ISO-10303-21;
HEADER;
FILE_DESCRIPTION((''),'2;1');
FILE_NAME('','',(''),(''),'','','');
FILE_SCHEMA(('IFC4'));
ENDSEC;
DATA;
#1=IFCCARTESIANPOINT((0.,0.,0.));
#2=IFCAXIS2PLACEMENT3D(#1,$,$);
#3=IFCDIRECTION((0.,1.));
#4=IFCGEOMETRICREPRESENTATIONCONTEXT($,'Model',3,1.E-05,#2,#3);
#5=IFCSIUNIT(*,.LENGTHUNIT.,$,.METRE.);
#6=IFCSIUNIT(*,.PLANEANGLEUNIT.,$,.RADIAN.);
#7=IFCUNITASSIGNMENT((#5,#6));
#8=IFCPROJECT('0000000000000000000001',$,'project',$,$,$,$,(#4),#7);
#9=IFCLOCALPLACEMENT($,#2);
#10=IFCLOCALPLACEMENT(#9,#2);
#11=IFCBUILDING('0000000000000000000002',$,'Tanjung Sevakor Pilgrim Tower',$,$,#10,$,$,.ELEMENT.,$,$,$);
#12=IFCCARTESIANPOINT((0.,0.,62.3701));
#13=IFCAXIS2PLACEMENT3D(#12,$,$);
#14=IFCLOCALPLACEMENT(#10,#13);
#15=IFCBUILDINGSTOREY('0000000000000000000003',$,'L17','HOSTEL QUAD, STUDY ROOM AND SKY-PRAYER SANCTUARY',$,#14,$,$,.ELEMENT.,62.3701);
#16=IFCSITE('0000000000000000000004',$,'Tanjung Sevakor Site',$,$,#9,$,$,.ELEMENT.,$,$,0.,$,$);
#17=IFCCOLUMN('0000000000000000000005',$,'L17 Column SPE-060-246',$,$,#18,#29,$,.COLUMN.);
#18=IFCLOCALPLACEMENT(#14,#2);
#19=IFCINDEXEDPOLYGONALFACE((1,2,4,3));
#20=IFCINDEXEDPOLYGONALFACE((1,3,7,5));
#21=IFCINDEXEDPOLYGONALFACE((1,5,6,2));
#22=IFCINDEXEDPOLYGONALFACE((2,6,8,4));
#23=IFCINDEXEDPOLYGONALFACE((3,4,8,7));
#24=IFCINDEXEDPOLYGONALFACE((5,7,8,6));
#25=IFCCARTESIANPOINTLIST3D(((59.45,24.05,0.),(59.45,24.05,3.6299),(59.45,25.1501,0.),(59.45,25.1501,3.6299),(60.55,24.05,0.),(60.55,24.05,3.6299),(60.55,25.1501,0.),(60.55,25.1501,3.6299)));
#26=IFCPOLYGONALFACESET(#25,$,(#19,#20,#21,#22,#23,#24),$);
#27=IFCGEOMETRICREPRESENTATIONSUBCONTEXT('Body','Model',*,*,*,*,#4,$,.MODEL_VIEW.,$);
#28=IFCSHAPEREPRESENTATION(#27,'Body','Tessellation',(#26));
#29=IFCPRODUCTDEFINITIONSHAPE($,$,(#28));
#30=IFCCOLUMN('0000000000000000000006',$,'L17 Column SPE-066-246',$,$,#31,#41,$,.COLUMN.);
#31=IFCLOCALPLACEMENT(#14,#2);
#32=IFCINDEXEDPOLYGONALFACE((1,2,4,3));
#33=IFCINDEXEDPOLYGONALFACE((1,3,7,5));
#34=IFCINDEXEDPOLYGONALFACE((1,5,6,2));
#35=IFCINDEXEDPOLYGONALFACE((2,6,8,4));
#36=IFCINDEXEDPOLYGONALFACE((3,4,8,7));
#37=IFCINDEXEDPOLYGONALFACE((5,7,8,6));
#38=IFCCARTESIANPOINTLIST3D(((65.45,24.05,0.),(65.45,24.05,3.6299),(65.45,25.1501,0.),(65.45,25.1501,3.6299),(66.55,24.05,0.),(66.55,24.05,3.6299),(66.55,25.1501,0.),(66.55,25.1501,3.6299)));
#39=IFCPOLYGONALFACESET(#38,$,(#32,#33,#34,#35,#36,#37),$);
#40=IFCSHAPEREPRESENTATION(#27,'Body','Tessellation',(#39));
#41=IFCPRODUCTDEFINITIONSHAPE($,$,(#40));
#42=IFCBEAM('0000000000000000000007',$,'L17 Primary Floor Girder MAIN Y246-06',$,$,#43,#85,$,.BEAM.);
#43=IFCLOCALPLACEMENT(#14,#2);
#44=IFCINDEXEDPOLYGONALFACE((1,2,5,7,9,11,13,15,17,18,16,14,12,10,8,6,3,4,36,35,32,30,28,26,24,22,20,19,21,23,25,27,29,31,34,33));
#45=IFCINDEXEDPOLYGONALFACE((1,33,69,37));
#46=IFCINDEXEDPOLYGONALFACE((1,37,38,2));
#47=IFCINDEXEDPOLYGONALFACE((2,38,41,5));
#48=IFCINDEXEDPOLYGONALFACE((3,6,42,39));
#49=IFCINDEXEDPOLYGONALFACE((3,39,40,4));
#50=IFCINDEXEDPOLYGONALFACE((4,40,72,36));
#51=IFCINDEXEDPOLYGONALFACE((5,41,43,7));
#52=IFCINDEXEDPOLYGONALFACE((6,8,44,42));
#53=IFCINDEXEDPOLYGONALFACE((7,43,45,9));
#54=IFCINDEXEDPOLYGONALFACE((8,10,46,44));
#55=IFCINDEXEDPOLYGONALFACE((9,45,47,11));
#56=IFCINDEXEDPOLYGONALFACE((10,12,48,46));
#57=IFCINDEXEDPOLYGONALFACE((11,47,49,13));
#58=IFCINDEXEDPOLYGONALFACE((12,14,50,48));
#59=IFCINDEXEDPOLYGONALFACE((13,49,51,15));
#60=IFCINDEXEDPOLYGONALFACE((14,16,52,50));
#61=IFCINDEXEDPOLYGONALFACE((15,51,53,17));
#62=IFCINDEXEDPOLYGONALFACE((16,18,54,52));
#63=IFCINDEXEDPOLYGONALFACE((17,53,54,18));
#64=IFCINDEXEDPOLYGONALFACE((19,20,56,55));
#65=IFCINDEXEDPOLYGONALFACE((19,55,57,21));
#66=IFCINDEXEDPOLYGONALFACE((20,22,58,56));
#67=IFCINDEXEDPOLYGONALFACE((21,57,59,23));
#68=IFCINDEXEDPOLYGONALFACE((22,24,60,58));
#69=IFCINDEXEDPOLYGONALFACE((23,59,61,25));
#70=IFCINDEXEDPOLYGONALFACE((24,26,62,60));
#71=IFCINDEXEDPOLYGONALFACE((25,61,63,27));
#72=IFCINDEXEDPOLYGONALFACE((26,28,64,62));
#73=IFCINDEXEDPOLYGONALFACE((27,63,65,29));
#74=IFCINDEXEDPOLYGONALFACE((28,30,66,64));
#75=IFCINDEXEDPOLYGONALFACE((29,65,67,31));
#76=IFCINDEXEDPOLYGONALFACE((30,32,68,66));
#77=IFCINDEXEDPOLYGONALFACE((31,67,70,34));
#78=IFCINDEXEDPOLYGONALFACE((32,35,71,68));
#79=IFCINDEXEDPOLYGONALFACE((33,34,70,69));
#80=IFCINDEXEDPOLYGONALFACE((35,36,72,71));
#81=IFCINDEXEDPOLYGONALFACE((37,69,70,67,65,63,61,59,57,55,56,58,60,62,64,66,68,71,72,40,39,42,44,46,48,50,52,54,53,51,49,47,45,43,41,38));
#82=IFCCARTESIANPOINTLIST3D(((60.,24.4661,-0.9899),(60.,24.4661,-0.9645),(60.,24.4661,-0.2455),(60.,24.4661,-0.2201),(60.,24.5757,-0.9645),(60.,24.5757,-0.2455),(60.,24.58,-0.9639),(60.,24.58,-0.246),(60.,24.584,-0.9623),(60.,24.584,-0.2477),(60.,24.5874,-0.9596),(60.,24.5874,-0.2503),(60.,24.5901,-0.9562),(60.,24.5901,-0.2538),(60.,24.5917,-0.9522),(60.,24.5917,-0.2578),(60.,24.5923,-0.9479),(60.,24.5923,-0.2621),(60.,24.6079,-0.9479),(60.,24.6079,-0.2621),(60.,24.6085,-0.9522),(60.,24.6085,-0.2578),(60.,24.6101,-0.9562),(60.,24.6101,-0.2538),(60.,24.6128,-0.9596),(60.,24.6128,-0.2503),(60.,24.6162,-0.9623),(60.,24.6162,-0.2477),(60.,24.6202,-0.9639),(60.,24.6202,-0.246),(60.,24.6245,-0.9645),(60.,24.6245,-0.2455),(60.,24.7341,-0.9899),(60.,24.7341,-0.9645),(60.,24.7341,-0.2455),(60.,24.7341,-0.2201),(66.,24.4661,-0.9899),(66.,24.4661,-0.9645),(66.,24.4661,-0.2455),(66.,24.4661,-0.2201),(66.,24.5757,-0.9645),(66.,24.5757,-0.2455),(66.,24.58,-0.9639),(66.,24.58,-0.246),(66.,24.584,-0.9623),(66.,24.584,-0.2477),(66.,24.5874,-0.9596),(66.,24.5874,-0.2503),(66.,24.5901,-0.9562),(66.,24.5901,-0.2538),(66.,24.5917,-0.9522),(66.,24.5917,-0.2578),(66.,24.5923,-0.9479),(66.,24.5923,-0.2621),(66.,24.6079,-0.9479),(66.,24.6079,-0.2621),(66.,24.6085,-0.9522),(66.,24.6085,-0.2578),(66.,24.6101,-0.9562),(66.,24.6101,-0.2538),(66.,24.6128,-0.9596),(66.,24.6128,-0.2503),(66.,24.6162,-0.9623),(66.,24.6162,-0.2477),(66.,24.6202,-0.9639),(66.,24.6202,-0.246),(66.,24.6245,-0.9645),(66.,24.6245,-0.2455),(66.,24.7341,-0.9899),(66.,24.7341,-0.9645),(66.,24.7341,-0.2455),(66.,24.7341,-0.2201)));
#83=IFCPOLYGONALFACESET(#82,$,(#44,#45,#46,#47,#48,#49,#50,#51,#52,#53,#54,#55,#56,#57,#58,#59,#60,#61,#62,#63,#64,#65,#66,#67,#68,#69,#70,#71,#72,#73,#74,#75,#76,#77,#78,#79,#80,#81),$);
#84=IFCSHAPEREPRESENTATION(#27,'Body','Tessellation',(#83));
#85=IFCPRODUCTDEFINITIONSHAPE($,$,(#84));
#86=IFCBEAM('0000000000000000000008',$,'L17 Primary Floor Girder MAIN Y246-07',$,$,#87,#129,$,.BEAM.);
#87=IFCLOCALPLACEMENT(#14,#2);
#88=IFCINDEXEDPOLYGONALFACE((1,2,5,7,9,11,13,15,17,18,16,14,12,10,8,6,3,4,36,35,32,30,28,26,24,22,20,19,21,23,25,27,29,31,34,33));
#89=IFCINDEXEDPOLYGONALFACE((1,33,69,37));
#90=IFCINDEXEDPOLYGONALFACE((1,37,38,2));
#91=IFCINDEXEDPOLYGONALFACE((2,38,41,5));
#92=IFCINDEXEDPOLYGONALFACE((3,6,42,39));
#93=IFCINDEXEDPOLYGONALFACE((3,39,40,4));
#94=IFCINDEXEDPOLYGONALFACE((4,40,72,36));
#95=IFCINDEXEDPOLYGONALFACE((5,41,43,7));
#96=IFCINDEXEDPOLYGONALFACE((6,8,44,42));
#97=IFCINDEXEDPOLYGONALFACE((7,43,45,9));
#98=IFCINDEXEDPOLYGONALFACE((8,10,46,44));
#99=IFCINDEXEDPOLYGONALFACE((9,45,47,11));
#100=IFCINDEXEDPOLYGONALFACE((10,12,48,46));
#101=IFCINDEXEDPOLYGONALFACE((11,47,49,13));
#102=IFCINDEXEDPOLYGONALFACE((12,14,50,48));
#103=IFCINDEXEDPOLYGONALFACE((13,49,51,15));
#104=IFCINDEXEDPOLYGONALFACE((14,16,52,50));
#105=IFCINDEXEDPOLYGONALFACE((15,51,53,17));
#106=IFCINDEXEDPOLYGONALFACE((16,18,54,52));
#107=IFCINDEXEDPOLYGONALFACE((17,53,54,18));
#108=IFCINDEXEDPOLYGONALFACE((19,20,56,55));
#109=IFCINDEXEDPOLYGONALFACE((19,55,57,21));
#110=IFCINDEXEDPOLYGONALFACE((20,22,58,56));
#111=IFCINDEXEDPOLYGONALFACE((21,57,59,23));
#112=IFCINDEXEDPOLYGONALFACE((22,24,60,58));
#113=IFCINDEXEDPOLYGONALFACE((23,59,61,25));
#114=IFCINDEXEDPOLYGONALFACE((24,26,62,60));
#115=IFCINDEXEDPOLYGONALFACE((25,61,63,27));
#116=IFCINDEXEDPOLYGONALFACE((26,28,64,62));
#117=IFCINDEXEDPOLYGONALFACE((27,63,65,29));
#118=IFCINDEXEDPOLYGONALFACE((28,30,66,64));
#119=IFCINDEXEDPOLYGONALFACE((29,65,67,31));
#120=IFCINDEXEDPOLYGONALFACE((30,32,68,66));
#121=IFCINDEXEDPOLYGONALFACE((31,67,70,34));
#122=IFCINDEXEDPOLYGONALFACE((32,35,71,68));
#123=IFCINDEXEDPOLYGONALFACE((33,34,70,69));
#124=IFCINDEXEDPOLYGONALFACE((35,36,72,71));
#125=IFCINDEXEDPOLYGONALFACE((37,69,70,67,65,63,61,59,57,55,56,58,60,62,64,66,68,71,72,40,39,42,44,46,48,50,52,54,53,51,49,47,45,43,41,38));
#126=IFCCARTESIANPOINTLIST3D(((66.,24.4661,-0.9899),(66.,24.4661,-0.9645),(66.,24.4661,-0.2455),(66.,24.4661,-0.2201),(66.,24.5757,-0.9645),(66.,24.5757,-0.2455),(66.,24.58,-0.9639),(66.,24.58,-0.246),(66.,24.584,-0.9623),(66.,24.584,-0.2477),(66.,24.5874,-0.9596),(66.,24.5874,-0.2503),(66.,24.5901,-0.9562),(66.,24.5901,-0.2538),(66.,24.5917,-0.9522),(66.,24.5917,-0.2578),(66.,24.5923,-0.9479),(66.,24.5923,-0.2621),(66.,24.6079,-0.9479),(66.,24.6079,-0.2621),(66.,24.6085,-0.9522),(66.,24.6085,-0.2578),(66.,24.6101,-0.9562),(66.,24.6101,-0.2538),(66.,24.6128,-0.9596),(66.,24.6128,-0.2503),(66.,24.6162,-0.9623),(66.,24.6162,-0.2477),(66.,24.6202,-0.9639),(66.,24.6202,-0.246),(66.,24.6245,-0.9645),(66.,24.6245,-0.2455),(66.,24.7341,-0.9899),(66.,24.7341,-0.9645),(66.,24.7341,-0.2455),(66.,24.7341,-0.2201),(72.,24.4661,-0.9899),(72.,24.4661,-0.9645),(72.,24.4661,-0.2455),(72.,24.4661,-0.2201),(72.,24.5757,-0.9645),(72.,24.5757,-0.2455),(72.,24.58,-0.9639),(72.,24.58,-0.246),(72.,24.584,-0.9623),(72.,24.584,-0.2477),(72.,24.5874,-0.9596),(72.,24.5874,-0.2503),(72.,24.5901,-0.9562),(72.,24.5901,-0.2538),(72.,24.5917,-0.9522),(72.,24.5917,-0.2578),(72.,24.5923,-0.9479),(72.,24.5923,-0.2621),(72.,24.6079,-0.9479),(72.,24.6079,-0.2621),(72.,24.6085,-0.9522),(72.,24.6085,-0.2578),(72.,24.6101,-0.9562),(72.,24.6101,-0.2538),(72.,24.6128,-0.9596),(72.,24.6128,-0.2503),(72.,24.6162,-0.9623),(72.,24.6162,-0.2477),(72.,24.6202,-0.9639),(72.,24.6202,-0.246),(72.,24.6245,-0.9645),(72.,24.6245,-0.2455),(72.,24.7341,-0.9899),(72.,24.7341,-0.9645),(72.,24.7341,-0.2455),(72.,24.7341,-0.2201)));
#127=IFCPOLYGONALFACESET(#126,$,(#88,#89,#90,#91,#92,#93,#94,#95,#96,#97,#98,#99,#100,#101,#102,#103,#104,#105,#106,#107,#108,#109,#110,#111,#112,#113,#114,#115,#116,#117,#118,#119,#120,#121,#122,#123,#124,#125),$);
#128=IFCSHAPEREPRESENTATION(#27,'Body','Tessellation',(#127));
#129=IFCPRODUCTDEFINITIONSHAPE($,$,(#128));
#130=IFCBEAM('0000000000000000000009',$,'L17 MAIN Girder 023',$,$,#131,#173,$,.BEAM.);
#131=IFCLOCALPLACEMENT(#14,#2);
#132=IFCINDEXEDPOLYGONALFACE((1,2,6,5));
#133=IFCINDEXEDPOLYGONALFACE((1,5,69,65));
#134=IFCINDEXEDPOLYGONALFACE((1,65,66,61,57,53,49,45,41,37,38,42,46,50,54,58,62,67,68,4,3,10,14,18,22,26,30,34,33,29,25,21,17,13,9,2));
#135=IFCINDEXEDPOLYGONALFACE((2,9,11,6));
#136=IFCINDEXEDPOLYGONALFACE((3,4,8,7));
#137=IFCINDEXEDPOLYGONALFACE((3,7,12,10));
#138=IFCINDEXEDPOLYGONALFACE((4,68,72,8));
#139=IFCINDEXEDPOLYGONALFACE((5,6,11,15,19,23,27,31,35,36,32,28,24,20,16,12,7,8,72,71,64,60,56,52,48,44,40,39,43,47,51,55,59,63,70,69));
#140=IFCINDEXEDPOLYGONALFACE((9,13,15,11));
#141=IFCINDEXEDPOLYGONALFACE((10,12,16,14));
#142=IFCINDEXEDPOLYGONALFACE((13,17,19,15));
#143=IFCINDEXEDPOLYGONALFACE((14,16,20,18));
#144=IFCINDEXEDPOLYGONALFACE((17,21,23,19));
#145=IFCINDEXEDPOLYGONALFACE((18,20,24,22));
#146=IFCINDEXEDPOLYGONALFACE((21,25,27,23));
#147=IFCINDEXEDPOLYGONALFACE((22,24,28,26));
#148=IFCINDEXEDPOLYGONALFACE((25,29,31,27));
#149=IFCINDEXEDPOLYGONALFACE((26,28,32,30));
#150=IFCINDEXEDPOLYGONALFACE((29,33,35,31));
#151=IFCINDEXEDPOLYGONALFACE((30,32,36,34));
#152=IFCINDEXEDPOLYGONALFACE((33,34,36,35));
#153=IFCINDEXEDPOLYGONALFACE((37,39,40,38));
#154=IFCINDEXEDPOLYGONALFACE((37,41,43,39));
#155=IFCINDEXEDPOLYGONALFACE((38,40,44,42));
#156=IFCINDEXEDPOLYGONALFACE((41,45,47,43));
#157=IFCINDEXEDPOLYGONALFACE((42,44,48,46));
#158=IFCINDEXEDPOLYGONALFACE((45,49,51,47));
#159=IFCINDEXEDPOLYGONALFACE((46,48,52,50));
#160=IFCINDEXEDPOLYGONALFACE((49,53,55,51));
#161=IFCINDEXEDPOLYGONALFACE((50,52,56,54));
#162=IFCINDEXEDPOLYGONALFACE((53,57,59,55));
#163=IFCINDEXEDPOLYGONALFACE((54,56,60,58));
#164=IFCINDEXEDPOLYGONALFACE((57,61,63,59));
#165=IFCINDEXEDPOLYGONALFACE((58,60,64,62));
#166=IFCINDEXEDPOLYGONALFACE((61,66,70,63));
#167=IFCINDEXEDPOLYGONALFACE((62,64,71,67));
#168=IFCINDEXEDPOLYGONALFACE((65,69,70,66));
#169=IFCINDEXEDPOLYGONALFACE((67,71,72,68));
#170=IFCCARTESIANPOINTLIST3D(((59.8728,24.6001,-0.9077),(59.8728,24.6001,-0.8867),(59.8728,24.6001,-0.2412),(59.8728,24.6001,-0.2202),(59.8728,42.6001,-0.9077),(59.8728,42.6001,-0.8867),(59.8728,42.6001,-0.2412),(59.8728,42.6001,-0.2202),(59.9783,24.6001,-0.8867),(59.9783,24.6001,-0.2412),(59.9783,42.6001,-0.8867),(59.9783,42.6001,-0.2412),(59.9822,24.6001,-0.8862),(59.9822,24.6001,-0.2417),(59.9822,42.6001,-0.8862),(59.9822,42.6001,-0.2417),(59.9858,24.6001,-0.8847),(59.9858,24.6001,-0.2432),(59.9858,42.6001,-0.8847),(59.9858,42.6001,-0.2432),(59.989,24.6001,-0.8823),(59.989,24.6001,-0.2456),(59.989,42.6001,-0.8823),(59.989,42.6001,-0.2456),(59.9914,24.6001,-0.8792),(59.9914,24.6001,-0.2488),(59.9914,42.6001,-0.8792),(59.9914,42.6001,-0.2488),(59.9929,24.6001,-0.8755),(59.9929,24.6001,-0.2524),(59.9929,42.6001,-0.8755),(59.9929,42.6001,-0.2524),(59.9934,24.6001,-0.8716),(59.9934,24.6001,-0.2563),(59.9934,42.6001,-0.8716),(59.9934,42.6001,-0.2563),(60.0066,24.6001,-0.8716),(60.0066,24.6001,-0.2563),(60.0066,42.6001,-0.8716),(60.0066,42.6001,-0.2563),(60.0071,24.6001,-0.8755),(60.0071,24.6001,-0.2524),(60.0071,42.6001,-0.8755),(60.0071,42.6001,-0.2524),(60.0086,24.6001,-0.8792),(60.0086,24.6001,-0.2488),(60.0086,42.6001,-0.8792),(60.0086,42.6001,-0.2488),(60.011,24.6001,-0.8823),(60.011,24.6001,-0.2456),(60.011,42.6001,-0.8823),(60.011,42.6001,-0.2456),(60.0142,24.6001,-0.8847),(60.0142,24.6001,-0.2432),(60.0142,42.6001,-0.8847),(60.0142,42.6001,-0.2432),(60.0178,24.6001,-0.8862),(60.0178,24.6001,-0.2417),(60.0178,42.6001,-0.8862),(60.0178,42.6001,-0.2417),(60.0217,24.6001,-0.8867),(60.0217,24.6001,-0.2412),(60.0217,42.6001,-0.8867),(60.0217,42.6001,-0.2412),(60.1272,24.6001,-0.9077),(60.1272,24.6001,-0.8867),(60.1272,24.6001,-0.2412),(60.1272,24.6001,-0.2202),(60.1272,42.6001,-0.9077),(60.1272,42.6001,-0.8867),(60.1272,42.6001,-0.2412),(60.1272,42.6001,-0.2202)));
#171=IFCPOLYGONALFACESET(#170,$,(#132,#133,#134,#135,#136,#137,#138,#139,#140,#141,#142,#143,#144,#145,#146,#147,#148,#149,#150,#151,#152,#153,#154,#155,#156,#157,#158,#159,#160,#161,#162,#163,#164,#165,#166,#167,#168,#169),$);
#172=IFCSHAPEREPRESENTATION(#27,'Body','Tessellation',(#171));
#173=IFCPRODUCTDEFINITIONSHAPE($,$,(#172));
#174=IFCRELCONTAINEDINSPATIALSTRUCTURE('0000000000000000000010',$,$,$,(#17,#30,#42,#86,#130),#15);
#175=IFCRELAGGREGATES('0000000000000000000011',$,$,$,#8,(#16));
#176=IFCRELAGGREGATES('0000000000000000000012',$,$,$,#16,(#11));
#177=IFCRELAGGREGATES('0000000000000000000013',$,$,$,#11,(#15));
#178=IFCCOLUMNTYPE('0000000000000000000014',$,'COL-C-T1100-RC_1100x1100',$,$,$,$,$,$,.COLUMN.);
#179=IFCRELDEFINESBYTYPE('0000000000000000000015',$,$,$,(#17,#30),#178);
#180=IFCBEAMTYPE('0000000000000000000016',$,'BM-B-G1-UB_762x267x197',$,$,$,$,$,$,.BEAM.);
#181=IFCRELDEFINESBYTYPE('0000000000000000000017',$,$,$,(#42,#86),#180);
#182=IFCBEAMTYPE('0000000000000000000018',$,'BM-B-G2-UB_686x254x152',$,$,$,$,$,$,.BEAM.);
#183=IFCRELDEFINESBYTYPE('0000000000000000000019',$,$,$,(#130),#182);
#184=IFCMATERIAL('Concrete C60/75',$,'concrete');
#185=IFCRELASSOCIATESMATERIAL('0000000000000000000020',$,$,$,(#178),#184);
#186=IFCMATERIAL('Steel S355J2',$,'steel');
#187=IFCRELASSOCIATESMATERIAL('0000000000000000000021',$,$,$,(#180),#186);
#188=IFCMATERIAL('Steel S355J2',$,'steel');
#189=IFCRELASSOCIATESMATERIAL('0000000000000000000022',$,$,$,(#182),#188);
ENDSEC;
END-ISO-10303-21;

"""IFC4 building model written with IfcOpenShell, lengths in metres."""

from ifc_helpers import new_model, si_unit, direction, frame, origin, origin_2d, place, context, subcontext, project, spatial, rectangle, i_section, extrude, material, material_profile, profile_set, type_object, element, save


model = new_model("IFC4")

# Units and contexts
model_context = context("Model", 3, precision=1e-05, world=origin(), true_north=direction((0.0, 1.0)))
body_context = subcontext(model_context, "Body", "Model", "MODEL_VIEW")
ifc_project = project(units=[si_unit("LENGTHUNIT", "METRE"), si_unit("PLANEANGLEUNIT", "RADIAN")], contexts=[model_context])

# Site, building, storey
site_placement = place(None, origin())
site = spatial("IfcSite", under=ifc_project, at=site_placement, Name="Tanjung Sevakor Site", CompositionType="ELEMENT", RefElevation=0.0)
building_placement = place(site_placement, origin())
building = spatial("IfcBuilding", under=site, at=building_placement, Name="Tanjung Sevakor Pilgrim Tower", CompositionType="ELEMENT")
storey_placement = place(building_placement, frame((0.0, 0.0, 62.3701)))
storey = spatial("IfcBuildingStorey", under=building, at=storey_placement, Name="L17", Description="HOSTEL QUAD, STUDY ROOM AND SKY-PRAYER SANCTUARY", CompositionType="ELEMENT", Elevation=62.3701)

# Columns
ifc_material_1 = material(Name="Concrete C60/75", Category="concrete")
ifc_material_profile_1 = material_profile(ifc_material_1, rectangle(XDim=1.1001, YDim=1.1001, at=origin_2d()))
ifc_profile_set_1 = profile_set([ifc_material_profile_1], Name="Concrete C60/75")
column_type = type_object("IfcColumnType", Name="COL-C-T1100-RC_1100x1100", PredefinedType="COLUMN", material=ifc_profile_set_1)
for number, where, z_axis, x_axis, name in (
    (1, (60.0, 24.6001, 0.0), (0.0, 0.0, 1.0), (1.0, 0.0, 0.0), "L17 Column SPE-060-246"),
    (2, (66.0, 24.6001, 0.0), (0.0, 0.0, 1.0), (1.0, 0.0, 0.0), "L17 Column SPE-066-246"),
):
    element("IfcColumn", number, at=place(storey_placement, frame(where, z_axis=z_axis, x_axis=x_axis)), inside=storey, type_object=column_type, Name=name, PredefinedType="COLUMN", context=body_context, shape_type="SweptSolid", body=[
        extrude(rectangle(XDim=1.1001, YDim=1.1001, at=origin_2d()), origin(), (0.0, 0.0, 1.0), 3.6299),
    ])

# Beams
ifc_material_2 = material(Name="Steel S355J2", Category="steel")
ifc_material_profile_2 = material_profile(ifc_material_2, i_section(OverallWidth=0.2681, OverallDepth=0.7698, WebThickness=0.0156, FlangeThickness=0.0254, FilletRadius=0.0166, at=origin_2d()))
ifc_profile_set_2 = profile_set([ifc_material_profile_2], Name="Steel S355J2")
beam_type_1 = type_object("IfcBeamType", Name="BM-B-G1-UB_762x267x197", PredefinedType="BEAM", material=ifc_profile_set_2)
for number, where, z_axis, x_axis, name in (
    (3, (60.0, 24.6001, -0.605), (1.0, 0.0, 0.0), (0.0, 1.0, 0.0), "L17 Primary Floor Girder MAIN Y246-06"),
    (4, (66.0, 24.6001, -0.605), (1.0, 0.0, 0.0), (0.0, 1.0, 0.0), "L17 Primary Floor Girder MAIN Y246-07"),
):
    element("IfcBeam", number, at=place(storey_placement, frame(where, z_axis=z_axis, x_axis=x_axis)), inside=storey, type_object=beam_type_1, Name=name, PredefinedType="BEAM", context=body_context, shape_type="SweptSolid", body=[
        extrude(i_section(OverallWidth=0.2681, OverallDepth=0.7698, WebThickness=0.0156, FlangeThickness=0.0254, FilletRadius=0.0166, at=origin_2d()), origin(), (0.0, 0.0, 1.0), 6.0),
    ])
ifc_material_3 = material(Name="Steel S355J2", Category="steel")
ifc_material_profile_3 = material_profile(ifc_material_3, i_section(OverallWidth=0.2544, OverallDepth=0.6875, WebThickness=0.0132, FlangeThickness=0.021, FilletRadius=0.0151, at=origin_2d()))
ifc_profile_set_3 = profile_set([ifc_material_profile_3], Name="Steel S355J2")
beam_type_2 = type_object("IfcBeamType", Name="BM-B-G2-UB_686x254x152", PredefinedType="BEAM", material=ifc_profile_set_3)
for number, where, z_axis, x_axis, name in (
    (5, (60.0, 24.6001, -0.564), (0.0, 1.0, 0.0), (-1.0, 0.0, 0.0), "L17 MAIN Girder 023"),
):
    element("IfcBeam", number, at=place(storey_placement, frame(where, z_axis=z_axis, x_axis=x_axis)), inside=storey, type_object=beam_type_2, Name=name, PredefinedType="BEAM", context=body_context, shape_type="SweptSolid", body=[
        extrude(i_section(OverallWidth=0.2544, OverallDepth=0.6875, WebThickness=0.0132, FlangeThickness=0.021, FilletRadius=0.0151, at=origin_2d()), origin(), (0.0, 0.0, 1.0), 18.0),
    ])

save(model, "model.ifc")
